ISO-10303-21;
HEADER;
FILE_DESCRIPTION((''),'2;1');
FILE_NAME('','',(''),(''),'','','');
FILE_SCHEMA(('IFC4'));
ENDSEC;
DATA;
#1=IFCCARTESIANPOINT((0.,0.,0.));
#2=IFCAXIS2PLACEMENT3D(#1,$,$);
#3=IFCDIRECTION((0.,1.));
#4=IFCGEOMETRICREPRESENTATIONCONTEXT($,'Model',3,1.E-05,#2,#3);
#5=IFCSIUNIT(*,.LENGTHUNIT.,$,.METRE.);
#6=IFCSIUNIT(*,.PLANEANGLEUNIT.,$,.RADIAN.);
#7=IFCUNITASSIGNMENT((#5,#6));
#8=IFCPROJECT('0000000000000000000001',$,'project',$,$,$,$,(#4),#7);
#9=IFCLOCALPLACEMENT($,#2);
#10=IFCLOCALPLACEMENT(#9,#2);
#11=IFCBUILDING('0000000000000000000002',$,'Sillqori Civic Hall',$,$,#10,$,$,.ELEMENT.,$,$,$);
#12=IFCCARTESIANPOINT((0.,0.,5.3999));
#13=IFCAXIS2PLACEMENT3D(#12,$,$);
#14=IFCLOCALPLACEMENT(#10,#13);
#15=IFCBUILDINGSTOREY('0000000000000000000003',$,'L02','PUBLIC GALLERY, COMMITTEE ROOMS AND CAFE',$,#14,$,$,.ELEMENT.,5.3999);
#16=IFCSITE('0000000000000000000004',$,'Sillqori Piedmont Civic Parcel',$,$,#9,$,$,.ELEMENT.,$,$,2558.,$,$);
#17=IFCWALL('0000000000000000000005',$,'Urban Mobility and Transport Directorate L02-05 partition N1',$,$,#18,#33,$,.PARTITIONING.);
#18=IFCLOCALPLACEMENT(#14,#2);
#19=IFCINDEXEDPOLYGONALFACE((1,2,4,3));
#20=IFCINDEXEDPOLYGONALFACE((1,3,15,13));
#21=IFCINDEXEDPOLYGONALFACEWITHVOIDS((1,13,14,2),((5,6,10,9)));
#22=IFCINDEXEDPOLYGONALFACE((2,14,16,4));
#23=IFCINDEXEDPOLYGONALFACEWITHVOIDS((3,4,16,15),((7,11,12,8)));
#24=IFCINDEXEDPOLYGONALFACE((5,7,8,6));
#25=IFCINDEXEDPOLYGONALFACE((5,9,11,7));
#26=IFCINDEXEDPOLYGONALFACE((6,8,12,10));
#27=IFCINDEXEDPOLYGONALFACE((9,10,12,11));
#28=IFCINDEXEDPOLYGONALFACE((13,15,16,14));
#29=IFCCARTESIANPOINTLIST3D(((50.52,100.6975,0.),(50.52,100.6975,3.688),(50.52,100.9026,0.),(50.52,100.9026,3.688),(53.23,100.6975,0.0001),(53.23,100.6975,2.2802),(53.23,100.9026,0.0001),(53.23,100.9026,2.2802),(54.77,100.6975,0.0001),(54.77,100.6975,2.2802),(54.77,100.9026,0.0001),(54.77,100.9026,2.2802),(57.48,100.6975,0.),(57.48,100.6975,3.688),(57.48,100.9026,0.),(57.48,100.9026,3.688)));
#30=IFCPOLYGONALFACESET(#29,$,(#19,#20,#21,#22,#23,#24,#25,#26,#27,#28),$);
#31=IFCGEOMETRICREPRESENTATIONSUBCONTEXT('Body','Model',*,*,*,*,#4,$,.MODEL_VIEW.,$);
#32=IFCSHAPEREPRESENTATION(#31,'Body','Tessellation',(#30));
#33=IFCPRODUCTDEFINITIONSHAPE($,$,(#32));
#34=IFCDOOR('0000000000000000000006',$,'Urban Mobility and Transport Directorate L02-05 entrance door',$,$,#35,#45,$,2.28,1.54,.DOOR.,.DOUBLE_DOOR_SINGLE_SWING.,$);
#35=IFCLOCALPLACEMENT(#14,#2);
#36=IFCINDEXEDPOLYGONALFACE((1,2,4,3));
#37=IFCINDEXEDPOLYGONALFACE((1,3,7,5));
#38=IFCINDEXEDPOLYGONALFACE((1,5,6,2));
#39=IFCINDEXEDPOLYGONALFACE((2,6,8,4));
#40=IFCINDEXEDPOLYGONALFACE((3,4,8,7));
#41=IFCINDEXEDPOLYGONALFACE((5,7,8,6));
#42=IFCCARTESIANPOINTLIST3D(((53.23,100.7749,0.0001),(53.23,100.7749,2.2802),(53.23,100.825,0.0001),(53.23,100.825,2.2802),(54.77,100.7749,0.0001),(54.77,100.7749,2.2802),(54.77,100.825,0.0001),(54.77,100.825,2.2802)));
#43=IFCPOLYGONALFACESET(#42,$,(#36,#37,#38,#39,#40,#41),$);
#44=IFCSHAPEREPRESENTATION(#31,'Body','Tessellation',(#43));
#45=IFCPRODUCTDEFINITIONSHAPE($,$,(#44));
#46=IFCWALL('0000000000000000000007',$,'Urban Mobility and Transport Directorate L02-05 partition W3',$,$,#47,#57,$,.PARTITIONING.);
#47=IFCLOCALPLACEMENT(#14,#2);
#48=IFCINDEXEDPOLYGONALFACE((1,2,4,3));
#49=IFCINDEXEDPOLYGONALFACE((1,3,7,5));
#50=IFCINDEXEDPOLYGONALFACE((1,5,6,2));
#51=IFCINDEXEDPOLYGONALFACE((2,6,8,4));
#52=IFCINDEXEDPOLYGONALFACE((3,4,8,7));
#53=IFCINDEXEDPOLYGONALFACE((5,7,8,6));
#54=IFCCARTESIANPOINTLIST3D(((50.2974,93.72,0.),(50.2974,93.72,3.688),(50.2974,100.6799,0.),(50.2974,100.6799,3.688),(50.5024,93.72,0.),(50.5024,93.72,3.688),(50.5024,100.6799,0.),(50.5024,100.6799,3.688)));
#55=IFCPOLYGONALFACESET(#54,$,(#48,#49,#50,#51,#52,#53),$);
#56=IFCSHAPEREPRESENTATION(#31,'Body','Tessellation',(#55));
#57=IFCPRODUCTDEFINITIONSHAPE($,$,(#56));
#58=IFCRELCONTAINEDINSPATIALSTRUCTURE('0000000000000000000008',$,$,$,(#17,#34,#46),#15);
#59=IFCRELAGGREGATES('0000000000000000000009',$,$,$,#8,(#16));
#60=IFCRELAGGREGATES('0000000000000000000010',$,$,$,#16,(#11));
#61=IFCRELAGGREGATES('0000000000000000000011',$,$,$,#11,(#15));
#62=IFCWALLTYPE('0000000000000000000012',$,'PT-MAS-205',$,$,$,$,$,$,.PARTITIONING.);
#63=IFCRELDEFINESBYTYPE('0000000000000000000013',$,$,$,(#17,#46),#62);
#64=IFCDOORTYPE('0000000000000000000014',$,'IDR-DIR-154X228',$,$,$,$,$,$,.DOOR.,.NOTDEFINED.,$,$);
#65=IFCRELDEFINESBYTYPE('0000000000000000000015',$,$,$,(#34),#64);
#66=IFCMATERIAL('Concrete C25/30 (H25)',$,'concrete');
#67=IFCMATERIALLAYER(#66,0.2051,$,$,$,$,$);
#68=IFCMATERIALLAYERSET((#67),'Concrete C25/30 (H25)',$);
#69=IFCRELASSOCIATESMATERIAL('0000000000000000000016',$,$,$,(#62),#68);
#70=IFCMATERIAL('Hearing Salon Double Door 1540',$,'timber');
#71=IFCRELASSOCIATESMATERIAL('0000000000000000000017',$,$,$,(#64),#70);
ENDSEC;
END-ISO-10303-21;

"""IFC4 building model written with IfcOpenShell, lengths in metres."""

from ifc_helpers import new_model, si_unit, direction, frame, frame_2d, origin, place, context, subcontext, project, spatial, rectangle, extrude, material, layer, layer_set, type_object, element, fill, save


model = new_model("IFC4")

# Units and contexts
model_context = context("Model", 3, precision=1e-05, world=origin(), true_north=direction((0.0, 1.0)))
body_context = subcontext(model_context, "Body", "Model", "MODEL_VIEW")
ifc_project = project(units=[si_unit("LENGTHUNIT", "METRE"), si_unit("PLANEANGLEUNIT", "RADIAN")], contexts=[model_context])

# Site, building, storey
site_placement = place(None, origin())
site = spatial("IfcSite", under=ifc_project, at=site_placement, Name="Sillqori Piedmont Civic Parcel", CompositionType="ELEMENT", RefElevation=2558.0)
building_placement = place(site_placement, origin())
building = spatial("IfcBuilding", under=site, at=building_placement, Name="Sillqori Civic Hall", CompositionType="ELEMENT")
storey_placement = place(building_placement, frame((0.0, 0.0, 5.3999)))
storey = spatial("IfcBuildingStorey", under=building, at=storey_placement, Name="L02", Description="PUBLIC GALLERY, COMMITTEE ROOMS AND CAFE", CompositionType="ELEMENT", Elevation=5.3999)

# Wall, opening, door
ifc_material_1 = material(Name="Concrete C25/30 (H25)", Category="concrete")
ifc_layer = layer(ifc_material_1, 0.2051)
ifc_layer_set = layer_set([ifc_layer], Name="Concrete C25/30 (H25)")
wall_type = type_object("IfcWallType", Name="PT-MAS-205", PredefinedType="PARTITIONING", material=ifc_layer_set)
wall_1_placement = place(storey_placement, frame((50.52, 100.8, 0.0), z_axis=(0.0, 0.0, 1.0), x_axis=(1.0, 0.0, 0.0)))
wall_1 = element("IfcWall", 1, at=wall_1_placement, inside=storey, type_object=wall_type, Name="Urban Mobility and Transport Directorate L02-05 partition N1", PredefinedType="PARTITIONING", context=body_context, shape_type="SweptSolid", body=[
    extrude(rectangle(XDim=6.96, YDim=0.2051, at=frame_2d((3.48, 0.0))), origin(), (0.0, 0.0, 1.0), 3.688),
])
opening_placement = place(wall_1_placement, frame((2.71, 0.0, 0.0)))
opening = element("IfcOpeningElement", 2, at=opening_placement, cuts=wall_1, PredefinedType="OPENING", context=body_context, shape_type="SweptSolid", body=[
    extrude(rectangle(XDim=1.54, YDim=2.28, at=frame_2d((0.77, 1.1401))), frame((0.0, 0.1125, 0.0), z_axis=(0.0, -1.0, 0.0), x_axis=(1.0, 0.0, 0.0)), (0.0, 0.0, 1.0), 0.2251),
])
ifc_material_2 = material(Name="Hearing Salon Double Door 1540", Category="timber")
door_type = type_object("IfcDoorType", Name="IDR-DIR-154X228", OperationType="NOTDEFINED", PredefinedType="DOOR", material=ifc_material_2)
door_placement = place(opening_placement, origin())
door = element("IfcDoor", 3, at=door_placement, inside=storey, type_object=door_type, Name="Urban Mobility and Transport Directorate L02-05 entrance door", OperationType="DOUBLE_DOOR_SINGLE_SWING", OverallHeight=2.28, OverallWidth=1.54, PredefinedType="DOOR", context=body_context, shape_type="SweptSolid", body=[
    extrude(rectangle(XDim=1.54, YDim=2.28, at=frame_2d((0.77, 1.1401))), frame((0.0, 0.0249, 0.0), z_axis=(0.0, -1.0, 0.0), x_axis=(1.0, 0.0, 0.0)), (0.0, 0.0, 1.0), 0.05),
])
fill(opening, door)

# Wall
wall_2_placement = place(storey_placement, frame((50.3999, 93.72, 0.0), z_axis=(0.0, 0.0, 1.0), x_axis=(0.0, 1.0, 0.0)))
element("IfcWall", 4, at=wall_2_placement, inside=storey, type_object=wall_type, Name="Urban Mobility and Transport Directorate L02-05 partition W3", PredefinedType="PARTITIONING", context=body_context, shape_type="SweptSolid", body=[
    extrude(rectangle(XDim=6.96, YDim=0.2051, at=frame_2d((3.48, 0.0))), origin(), (0.0, 0.0, 1.0), 3.688),
])

save(model, "model.ifc")
